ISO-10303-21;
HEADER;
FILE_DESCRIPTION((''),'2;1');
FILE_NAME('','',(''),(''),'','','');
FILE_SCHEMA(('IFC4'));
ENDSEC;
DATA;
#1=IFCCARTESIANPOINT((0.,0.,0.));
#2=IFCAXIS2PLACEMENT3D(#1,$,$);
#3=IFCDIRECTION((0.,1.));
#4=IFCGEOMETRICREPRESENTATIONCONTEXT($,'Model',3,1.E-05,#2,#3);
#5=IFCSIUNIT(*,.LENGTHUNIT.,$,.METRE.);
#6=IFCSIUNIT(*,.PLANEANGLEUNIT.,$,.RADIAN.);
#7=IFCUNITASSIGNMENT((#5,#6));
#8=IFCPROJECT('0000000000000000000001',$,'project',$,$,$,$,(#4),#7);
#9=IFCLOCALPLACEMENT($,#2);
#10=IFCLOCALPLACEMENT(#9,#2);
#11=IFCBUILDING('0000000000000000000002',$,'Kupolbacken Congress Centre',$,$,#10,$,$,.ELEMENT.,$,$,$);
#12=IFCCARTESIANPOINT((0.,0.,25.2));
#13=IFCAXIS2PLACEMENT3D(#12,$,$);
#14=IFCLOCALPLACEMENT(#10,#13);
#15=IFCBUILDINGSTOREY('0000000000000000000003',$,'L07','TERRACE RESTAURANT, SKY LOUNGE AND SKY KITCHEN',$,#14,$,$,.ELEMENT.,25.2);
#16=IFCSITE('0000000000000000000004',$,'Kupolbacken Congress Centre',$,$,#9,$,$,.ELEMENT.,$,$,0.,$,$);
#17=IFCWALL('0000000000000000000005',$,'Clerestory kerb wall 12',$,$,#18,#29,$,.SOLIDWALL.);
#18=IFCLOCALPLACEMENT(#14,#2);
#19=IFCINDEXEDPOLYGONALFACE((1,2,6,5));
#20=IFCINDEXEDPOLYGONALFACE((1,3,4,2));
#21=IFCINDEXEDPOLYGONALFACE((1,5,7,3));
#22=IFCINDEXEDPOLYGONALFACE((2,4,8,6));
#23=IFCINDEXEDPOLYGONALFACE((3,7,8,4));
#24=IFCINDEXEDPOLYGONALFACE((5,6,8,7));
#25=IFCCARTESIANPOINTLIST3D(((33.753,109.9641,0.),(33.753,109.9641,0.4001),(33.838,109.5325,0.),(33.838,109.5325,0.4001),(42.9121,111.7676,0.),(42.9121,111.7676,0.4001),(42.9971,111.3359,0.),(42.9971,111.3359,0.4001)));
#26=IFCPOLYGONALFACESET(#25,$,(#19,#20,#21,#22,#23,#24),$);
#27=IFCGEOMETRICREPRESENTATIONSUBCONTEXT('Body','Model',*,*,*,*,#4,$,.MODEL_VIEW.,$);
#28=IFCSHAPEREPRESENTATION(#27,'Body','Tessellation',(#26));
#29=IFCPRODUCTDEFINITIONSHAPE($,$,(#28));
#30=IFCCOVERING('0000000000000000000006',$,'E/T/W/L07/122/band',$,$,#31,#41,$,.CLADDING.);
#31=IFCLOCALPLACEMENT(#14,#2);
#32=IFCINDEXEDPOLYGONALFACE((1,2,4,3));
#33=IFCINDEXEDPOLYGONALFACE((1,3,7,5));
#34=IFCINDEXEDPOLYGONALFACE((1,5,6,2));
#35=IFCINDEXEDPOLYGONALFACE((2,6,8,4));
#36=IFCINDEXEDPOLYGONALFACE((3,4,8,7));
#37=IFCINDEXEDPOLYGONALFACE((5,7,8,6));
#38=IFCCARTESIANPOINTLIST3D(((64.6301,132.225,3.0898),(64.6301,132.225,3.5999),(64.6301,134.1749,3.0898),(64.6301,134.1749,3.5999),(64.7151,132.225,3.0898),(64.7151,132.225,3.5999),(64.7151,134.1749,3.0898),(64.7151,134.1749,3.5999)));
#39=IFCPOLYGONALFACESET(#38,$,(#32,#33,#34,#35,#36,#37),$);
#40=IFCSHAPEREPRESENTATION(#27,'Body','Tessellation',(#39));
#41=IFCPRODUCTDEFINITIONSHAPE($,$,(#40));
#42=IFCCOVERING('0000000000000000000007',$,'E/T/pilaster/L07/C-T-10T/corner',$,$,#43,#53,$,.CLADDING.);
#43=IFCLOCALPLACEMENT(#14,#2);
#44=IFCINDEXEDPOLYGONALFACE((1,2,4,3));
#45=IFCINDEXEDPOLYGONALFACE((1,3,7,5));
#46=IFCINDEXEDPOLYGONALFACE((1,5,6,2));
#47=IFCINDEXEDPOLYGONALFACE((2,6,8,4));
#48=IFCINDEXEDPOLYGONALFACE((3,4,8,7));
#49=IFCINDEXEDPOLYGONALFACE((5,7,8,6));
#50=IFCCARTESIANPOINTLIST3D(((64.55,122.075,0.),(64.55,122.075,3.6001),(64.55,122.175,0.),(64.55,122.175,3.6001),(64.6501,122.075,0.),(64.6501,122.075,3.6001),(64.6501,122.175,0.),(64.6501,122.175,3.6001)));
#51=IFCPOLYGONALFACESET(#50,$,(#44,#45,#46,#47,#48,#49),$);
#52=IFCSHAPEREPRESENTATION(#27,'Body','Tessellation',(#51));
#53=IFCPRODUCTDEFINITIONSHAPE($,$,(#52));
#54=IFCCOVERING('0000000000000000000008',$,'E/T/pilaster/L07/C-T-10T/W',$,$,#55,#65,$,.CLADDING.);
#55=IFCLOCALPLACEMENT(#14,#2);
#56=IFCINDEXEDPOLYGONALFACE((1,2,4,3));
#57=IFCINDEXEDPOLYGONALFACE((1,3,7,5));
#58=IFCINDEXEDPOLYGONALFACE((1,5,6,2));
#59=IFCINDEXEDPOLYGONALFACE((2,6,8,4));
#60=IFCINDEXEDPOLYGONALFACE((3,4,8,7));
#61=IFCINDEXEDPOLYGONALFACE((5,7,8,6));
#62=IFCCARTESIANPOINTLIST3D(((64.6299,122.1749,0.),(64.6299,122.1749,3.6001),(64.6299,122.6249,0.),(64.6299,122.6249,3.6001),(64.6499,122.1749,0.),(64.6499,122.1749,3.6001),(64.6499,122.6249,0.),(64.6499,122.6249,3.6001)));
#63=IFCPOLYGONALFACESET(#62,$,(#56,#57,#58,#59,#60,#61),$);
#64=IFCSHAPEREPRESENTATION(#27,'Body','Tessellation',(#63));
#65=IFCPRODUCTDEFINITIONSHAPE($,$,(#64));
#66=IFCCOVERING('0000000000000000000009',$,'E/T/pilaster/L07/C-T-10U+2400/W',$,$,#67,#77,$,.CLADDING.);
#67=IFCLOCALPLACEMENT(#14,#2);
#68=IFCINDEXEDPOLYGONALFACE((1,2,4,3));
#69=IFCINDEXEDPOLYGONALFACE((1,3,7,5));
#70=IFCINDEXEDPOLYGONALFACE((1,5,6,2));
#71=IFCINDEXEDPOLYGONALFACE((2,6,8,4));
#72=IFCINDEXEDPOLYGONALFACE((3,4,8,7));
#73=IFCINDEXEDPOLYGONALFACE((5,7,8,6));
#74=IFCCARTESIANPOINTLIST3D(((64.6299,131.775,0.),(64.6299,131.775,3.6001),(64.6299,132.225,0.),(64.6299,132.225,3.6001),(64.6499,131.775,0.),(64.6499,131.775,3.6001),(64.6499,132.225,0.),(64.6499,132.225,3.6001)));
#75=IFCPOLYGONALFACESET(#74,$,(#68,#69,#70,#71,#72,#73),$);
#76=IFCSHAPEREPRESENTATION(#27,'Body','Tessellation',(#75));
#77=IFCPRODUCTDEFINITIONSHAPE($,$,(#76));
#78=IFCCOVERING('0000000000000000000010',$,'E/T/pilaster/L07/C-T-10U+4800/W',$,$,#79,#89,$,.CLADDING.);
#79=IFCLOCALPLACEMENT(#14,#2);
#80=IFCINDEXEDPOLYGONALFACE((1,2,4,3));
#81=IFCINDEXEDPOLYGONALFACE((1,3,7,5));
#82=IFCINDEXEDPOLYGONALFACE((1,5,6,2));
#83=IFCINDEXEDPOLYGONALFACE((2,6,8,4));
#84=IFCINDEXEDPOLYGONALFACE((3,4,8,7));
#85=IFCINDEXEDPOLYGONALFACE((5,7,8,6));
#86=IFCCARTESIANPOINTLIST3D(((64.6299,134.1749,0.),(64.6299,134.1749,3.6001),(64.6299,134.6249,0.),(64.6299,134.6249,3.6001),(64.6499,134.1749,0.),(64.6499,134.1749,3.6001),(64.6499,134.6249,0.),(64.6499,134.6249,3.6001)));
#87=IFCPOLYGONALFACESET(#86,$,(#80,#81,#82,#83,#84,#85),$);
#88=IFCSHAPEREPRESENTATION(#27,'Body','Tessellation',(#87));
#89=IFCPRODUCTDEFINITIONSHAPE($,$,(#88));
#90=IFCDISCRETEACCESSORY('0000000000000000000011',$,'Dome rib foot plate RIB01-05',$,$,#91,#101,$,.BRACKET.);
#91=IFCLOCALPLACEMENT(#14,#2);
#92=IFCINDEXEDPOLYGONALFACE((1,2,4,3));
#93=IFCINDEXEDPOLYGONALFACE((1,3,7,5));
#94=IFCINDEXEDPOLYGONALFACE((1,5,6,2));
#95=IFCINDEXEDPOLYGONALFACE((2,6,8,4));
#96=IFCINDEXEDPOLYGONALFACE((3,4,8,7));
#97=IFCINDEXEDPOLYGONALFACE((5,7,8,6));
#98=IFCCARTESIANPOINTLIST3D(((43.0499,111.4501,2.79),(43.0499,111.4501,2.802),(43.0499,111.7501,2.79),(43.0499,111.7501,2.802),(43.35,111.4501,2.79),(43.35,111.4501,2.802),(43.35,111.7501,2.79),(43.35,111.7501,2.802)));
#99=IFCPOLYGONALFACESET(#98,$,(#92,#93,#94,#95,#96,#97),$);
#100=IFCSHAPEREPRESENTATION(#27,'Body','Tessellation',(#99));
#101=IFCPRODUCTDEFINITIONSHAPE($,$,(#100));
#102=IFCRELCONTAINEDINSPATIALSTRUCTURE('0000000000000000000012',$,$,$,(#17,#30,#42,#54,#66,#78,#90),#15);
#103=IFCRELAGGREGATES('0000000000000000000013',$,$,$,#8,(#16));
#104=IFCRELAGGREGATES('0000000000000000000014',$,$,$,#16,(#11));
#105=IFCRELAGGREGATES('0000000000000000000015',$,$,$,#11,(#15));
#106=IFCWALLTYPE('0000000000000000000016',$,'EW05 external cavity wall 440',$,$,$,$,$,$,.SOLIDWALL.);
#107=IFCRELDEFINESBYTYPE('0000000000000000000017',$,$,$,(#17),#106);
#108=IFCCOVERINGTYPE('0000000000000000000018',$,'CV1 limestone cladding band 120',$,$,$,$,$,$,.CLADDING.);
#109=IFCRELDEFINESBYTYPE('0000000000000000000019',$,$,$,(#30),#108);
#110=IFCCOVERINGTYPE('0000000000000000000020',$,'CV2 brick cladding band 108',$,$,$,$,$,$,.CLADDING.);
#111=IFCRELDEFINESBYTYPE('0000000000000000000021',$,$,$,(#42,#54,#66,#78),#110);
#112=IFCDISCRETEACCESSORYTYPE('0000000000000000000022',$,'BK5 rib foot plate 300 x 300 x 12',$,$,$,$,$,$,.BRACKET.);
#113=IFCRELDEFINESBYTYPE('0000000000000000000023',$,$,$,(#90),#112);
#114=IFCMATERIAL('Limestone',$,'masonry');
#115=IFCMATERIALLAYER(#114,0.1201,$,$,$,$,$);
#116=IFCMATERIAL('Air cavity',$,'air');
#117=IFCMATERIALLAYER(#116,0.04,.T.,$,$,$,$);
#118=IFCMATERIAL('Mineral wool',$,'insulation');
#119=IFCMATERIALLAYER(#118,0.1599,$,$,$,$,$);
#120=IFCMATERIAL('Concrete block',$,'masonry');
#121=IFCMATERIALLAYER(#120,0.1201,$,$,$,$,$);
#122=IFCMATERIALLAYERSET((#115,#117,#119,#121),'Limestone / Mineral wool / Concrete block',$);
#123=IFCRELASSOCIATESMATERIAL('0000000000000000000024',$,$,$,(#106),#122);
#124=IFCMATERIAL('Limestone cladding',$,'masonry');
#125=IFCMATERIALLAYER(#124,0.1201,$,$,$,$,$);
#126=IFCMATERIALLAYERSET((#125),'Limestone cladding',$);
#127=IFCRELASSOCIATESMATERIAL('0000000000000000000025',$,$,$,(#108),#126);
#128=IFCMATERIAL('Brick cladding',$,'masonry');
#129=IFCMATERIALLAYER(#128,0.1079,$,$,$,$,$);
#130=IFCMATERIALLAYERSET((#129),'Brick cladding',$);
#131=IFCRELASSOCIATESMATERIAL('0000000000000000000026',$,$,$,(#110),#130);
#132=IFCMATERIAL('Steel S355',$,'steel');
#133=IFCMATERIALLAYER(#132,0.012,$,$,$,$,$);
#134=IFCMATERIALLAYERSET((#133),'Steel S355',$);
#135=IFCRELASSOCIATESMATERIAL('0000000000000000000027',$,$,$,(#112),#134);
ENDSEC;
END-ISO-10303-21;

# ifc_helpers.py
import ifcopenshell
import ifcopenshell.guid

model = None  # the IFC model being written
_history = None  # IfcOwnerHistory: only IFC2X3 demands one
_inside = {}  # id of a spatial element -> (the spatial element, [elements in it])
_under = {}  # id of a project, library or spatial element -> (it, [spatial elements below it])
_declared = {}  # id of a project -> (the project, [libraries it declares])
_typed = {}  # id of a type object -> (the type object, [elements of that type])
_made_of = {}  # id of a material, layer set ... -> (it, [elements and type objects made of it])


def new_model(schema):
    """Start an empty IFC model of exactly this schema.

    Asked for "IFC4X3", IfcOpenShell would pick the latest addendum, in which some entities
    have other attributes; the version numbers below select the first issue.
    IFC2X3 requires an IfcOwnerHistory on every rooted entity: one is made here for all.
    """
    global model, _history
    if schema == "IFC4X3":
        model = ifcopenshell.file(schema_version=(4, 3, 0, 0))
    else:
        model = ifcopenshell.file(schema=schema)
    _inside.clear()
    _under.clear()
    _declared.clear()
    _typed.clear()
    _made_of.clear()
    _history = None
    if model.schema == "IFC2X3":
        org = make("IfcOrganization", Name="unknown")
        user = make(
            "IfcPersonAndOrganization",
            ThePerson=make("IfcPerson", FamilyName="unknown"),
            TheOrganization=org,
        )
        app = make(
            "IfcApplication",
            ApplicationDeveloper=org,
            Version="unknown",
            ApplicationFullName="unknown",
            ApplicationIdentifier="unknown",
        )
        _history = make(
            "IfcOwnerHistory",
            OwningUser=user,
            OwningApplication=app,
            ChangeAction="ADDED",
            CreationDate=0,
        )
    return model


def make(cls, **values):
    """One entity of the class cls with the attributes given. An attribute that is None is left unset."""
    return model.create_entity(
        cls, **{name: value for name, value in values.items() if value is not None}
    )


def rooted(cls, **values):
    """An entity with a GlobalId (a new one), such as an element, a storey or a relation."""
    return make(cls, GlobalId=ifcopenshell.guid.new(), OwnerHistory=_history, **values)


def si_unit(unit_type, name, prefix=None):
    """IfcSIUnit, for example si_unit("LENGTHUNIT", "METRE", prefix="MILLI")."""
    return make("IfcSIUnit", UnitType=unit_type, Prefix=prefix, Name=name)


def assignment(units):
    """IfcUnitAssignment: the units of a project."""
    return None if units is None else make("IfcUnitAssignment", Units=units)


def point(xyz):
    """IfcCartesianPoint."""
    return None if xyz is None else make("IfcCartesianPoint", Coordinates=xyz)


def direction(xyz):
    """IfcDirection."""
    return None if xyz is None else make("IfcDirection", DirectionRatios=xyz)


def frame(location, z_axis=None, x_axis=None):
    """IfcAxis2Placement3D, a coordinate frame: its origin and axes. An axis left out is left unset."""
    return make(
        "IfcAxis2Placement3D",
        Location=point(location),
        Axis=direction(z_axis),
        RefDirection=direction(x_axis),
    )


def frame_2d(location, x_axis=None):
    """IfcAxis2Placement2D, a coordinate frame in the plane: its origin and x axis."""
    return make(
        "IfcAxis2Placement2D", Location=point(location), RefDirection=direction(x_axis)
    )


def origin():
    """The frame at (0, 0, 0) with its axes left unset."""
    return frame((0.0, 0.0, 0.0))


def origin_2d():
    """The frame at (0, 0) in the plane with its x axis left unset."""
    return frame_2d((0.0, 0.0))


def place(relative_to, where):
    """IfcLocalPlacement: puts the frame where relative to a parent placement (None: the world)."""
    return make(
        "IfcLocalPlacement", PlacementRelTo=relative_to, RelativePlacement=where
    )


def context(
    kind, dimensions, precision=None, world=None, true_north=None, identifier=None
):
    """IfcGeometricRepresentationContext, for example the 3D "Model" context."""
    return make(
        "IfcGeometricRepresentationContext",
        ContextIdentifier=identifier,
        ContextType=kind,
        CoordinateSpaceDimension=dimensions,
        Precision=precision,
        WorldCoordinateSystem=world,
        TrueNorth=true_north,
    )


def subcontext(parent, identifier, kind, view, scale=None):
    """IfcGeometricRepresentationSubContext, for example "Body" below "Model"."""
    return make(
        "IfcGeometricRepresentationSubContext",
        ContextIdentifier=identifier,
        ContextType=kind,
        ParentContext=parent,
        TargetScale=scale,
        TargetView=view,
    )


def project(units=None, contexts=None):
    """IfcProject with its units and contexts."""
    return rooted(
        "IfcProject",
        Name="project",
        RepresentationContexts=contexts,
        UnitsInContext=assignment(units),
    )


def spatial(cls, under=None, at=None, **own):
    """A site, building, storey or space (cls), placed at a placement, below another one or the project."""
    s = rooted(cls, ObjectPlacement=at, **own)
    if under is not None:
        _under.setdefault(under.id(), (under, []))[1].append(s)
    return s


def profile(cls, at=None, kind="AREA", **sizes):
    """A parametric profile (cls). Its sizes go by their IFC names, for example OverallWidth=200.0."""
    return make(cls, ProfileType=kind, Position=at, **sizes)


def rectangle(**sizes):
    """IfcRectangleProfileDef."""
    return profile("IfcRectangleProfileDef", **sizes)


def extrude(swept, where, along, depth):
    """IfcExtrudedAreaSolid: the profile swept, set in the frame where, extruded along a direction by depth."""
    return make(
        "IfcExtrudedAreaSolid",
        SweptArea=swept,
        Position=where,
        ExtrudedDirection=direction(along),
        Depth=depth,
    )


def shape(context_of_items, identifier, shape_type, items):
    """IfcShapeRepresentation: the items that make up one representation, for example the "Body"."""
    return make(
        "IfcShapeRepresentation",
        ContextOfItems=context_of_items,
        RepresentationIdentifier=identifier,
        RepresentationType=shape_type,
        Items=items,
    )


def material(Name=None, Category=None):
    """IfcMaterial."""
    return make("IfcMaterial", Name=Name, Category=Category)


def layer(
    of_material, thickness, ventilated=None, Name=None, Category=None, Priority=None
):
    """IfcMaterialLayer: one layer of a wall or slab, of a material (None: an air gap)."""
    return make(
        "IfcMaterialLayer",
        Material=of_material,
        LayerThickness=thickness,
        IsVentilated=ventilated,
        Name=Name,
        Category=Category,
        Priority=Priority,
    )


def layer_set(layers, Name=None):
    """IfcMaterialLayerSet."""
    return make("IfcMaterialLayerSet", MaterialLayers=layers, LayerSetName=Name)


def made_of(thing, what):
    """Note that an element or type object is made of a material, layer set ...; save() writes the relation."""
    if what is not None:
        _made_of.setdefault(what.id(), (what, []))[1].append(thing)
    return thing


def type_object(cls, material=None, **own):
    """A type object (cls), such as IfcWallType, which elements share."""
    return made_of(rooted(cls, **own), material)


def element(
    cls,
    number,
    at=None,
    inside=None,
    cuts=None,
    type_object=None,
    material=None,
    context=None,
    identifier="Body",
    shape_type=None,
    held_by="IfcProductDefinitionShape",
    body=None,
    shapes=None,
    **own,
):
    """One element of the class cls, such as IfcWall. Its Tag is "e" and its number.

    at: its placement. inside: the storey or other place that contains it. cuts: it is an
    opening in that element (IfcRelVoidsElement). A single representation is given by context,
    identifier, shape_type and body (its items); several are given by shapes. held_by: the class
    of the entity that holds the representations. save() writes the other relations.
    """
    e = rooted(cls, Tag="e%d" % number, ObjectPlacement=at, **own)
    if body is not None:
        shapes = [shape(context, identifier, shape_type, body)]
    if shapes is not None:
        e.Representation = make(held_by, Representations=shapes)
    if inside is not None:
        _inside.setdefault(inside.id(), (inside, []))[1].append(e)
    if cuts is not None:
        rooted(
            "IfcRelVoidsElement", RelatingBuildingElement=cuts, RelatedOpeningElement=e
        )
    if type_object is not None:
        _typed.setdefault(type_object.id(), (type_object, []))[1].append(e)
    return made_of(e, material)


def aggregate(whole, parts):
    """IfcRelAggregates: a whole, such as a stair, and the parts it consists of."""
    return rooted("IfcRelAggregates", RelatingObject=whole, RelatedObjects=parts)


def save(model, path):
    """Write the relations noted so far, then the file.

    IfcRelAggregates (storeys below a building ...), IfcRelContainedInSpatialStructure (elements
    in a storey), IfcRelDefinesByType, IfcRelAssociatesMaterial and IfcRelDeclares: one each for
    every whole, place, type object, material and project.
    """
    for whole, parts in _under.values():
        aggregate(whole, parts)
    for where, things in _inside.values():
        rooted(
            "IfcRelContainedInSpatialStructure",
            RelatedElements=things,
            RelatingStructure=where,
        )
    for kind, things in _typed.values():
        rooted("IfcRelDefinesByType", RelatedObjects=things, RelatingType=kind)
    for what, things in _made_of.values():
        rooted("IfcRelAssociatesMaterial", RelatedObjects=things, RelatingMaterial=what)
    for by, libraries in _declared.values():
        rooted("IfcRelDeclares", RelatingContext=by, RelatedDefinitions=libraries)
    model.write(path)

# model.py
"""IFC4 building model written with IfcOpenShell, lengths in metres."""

from ifc_helpers import new_model, si_unit, direction, frame, frame_2d, origin, origin_2d, place, context, subcontext, project, spatial, rectangle, extrude, material, layer, layer_set, type_object, element, save


model = new_model("IFC4")

# Units and contexts
model_context = context("Model", 3, precision=1e-05, world=origin(), true_north=direction((0.0, 1.0)))
body_context = subcontext(model_context, "Body", "Model", "MODEL_VIEW")
ifc_project = project(units=[si_unit("LENGTHUNIT", "METRE"), si_unit("PLANEANGLEUNIT", "RADIAN")], contexts=[model_context])

# Site, building, storey
site_placement = place(None, origin())
site = spatial("IfcSite", under=ifc_project, at=site_placement, Name="Kupolbacken Congress Centre", CompositionType="ELEMENT", RefElevation=0.0)
building_placement = place(site_placement, origin())
building = spatial("IfcBuilding", under=site, at=building_placement, Name="Kupolbacken Congress Centre", CompositionType="ELEMENT")
storey_placement = place(building_placement, frame((0.0, 0.0, 25.2)))
storey = spatial("IfcBuildingStorey", under=building, at=storey_placement, Name="L07", Description="TERRACE RESTAURANT, SKY LOUNGE AND SKY KITCHEN", CompositionType="ELEMENT", Elevation=25.2)

# Wall
ifc_material_1 = material(Name="Limestone", Category="masonry")
ifc_layer_1 = layer(ifc_material_1, 0.1201)
ifc_material_2 = material(Name="Air cavity", Category="air")
ifc_layer_2 = layer(ifc_material_2, 0.04, ventilated=True)
ifc_material_3 = material(Name="Mineral wool", Category="insulation")
ifc_layer_3 = layer(ifc_material_3, 0.1599)
ifc_material_4 = material(Name="Concrete block", Category="masonry")
ifc_layer_4 = layer(ifc_material_4, 0.1201)
ifc_layer_set_1 = layer_set([ifc_layer_1, ifc_layer_2, ifc_layer_3, ifc_layer_4], Name="Limestone / Mineral wool / Concrete block")
wall_type = type_object("IfcWallType", Name="EW05 external cavity wall 440", PredefinedType="SOLIDWALL", material=ifc_layer_set_1)
wall_placement = place(storey_placement, frame((42.9546, 111.5518, 0.0), z_axis=(0.0, 0.0, 1.0), x_axis=(-0.981161, -0.193193, 0.0)))
element("IfcWall", 1, at=wall_placement, inside=storey, type_object=wall_type, Name="Clerestory kerb wall 12", PredefinedType="SOLIDWALL", context=body_context, shape_type="SweptSolid", body=[
    extrude(rectangle(XDim=9.335, YDim=0.4399, at=frame_2d((4.6675, 0.0))), origin(), (0.0, 0.0, 1.0), 0.4001),
])

# Coverings
ifc_material_5 = material(Name="Limestone cladding", Category="masonry")
ifc_layer_5 = layer(ifc_material_5, 0.1201)
ifc_layer_set_2 = layer_set([ifc_layer_5], Name="Limestone cladding")
covering_type_1 = type_object("IfcCoveringType", Name="CV1 limestone cladding band 120", PredefinedType="CLADDING", material=ifc_layer_set_2)
covering_1_placement = place(storey_placement, frame((64.6726, 133.2, 3.0898), z_axis=(0.0, 0.0, 1.0), x_axis=(0.0, -1.0, 0.0)))
element("IfcCovering", 2, at=covering_1_placement, inside=storey, type_object=covering_type_1, Name="E/T/W/L07/122/band", PredefinedType="CLADDING", context=body_context, shape_type="SweptSolid", body=[
    extrude(rectangle(XDim=1.95, YDim=0.085, at=origin_2d()), origin(), (0.0, 0.0, 1.0), 0.51),
])
ifc_material_6 = material(Name="Brick cladding", Category="masonry")
ifc_layer_6 = layer(ifc_material_6, 0.1079)
ifc_layer_set_3 = layer_set([ifc_layer_6], Name="Brick cladding")
covering_type_2 = type_object("IfcCoveringType", Name="CV2 brick cladding band 108", PredefinedType="CLADDING", material=ifc_layer_set_3)
covering_2_placement = place(storey_placement, frame((64.6001, 122.125, 0.0), z_axis=(0.0, 0.0, 1.0), x_axis=(1.0, 0.0, 0.0)))
element("IfcCovering", 3, at=covering_2_placement, inside=storey, type_object=covering_type_2, Name="E/T/pilaster/L07/C-T-10T/corner", PredefinedType="CLADDING", context=body_context, shape_type="SweptSolid", body=[
    extrude(rectangle(XDim=0.1001, YDim=0.1001, at=origin_2d()), origin(), (0.0, 0.0, 1.0), 3.6001),
])
for number, where, z_axis, x_axis, name in (
    (4, (64.6399, 122.3999, 0.0), (0.0, 0.0, 1.0), (1.0, 0.0, 0.0), "E/T/pilaster/L07/C-T-10T/W"),
    (5, (64.6399, 132.0, 0.0), (0.0, 0.0, 1.0), (1.0, 0.0, 0.0), "E/T/pilaster/L07/C-T-10U+2400/W"),
    (6, (64.6399, 134.3999, 0.0), (0.0, 0.0, 1.0), (1.0, 0.0, 0.0), "E/T/pilaster/L07/C-T-10U+4800/W"),
):
    element("IfcCovering", number, at=place(storey_placement, frame(where, z_axis=z_axis, x_axis=x_axis)), inside=storey, type_object=covering_type_2, Name=name, PredefinedType="CLADDING", context=body_context, shape_type="SweptSolid", body=[
        extrude(rectangle(XDim=0.02, YDim=0.45, at=origin_2d()), origin(), (0.0, 0.0, 1.0), 3.6001),
    ])

# Discrete accessory
ifc_material_7 = material(Name="Steel S355", Category="steel")
ifc_layer_7 = layer(ifc_material_7, 0.012)
ifc_layer_set_4 = layer_set([ifc_layer_7], Name="Steel S355")
discrete_accessory_type = type_object("IfcDiscreteAccessoryType", Name="BK5 rib foot plate 300 x 300 x 12", PredefinedType="BRACKET", material=ifc_layer_set_4)
discrete_accessory_placement = place(storey_placement, frame((43.2, 111.6001, 2.79), z_axis=(0.0, 0.0, 1.0), x_axis=(1.0, 0.0, 0.0)))
element("IfcDiscreteAccessory", 7, at=discrete_accessory_placement, inside=storey, type_object=discrete_accessory_type, Name="Dome rib foot plate RIB01-05", PredefinedType="BRACKET", context=body_context, shape_type="SweptSolid", body=[
    extrude(rectangle(XDim=0.3, YDim=0.3, at=origin_2d()), origin(), (0.0, 0.0, 1.0), 0.012),
])

save(model, "model.ifc")
